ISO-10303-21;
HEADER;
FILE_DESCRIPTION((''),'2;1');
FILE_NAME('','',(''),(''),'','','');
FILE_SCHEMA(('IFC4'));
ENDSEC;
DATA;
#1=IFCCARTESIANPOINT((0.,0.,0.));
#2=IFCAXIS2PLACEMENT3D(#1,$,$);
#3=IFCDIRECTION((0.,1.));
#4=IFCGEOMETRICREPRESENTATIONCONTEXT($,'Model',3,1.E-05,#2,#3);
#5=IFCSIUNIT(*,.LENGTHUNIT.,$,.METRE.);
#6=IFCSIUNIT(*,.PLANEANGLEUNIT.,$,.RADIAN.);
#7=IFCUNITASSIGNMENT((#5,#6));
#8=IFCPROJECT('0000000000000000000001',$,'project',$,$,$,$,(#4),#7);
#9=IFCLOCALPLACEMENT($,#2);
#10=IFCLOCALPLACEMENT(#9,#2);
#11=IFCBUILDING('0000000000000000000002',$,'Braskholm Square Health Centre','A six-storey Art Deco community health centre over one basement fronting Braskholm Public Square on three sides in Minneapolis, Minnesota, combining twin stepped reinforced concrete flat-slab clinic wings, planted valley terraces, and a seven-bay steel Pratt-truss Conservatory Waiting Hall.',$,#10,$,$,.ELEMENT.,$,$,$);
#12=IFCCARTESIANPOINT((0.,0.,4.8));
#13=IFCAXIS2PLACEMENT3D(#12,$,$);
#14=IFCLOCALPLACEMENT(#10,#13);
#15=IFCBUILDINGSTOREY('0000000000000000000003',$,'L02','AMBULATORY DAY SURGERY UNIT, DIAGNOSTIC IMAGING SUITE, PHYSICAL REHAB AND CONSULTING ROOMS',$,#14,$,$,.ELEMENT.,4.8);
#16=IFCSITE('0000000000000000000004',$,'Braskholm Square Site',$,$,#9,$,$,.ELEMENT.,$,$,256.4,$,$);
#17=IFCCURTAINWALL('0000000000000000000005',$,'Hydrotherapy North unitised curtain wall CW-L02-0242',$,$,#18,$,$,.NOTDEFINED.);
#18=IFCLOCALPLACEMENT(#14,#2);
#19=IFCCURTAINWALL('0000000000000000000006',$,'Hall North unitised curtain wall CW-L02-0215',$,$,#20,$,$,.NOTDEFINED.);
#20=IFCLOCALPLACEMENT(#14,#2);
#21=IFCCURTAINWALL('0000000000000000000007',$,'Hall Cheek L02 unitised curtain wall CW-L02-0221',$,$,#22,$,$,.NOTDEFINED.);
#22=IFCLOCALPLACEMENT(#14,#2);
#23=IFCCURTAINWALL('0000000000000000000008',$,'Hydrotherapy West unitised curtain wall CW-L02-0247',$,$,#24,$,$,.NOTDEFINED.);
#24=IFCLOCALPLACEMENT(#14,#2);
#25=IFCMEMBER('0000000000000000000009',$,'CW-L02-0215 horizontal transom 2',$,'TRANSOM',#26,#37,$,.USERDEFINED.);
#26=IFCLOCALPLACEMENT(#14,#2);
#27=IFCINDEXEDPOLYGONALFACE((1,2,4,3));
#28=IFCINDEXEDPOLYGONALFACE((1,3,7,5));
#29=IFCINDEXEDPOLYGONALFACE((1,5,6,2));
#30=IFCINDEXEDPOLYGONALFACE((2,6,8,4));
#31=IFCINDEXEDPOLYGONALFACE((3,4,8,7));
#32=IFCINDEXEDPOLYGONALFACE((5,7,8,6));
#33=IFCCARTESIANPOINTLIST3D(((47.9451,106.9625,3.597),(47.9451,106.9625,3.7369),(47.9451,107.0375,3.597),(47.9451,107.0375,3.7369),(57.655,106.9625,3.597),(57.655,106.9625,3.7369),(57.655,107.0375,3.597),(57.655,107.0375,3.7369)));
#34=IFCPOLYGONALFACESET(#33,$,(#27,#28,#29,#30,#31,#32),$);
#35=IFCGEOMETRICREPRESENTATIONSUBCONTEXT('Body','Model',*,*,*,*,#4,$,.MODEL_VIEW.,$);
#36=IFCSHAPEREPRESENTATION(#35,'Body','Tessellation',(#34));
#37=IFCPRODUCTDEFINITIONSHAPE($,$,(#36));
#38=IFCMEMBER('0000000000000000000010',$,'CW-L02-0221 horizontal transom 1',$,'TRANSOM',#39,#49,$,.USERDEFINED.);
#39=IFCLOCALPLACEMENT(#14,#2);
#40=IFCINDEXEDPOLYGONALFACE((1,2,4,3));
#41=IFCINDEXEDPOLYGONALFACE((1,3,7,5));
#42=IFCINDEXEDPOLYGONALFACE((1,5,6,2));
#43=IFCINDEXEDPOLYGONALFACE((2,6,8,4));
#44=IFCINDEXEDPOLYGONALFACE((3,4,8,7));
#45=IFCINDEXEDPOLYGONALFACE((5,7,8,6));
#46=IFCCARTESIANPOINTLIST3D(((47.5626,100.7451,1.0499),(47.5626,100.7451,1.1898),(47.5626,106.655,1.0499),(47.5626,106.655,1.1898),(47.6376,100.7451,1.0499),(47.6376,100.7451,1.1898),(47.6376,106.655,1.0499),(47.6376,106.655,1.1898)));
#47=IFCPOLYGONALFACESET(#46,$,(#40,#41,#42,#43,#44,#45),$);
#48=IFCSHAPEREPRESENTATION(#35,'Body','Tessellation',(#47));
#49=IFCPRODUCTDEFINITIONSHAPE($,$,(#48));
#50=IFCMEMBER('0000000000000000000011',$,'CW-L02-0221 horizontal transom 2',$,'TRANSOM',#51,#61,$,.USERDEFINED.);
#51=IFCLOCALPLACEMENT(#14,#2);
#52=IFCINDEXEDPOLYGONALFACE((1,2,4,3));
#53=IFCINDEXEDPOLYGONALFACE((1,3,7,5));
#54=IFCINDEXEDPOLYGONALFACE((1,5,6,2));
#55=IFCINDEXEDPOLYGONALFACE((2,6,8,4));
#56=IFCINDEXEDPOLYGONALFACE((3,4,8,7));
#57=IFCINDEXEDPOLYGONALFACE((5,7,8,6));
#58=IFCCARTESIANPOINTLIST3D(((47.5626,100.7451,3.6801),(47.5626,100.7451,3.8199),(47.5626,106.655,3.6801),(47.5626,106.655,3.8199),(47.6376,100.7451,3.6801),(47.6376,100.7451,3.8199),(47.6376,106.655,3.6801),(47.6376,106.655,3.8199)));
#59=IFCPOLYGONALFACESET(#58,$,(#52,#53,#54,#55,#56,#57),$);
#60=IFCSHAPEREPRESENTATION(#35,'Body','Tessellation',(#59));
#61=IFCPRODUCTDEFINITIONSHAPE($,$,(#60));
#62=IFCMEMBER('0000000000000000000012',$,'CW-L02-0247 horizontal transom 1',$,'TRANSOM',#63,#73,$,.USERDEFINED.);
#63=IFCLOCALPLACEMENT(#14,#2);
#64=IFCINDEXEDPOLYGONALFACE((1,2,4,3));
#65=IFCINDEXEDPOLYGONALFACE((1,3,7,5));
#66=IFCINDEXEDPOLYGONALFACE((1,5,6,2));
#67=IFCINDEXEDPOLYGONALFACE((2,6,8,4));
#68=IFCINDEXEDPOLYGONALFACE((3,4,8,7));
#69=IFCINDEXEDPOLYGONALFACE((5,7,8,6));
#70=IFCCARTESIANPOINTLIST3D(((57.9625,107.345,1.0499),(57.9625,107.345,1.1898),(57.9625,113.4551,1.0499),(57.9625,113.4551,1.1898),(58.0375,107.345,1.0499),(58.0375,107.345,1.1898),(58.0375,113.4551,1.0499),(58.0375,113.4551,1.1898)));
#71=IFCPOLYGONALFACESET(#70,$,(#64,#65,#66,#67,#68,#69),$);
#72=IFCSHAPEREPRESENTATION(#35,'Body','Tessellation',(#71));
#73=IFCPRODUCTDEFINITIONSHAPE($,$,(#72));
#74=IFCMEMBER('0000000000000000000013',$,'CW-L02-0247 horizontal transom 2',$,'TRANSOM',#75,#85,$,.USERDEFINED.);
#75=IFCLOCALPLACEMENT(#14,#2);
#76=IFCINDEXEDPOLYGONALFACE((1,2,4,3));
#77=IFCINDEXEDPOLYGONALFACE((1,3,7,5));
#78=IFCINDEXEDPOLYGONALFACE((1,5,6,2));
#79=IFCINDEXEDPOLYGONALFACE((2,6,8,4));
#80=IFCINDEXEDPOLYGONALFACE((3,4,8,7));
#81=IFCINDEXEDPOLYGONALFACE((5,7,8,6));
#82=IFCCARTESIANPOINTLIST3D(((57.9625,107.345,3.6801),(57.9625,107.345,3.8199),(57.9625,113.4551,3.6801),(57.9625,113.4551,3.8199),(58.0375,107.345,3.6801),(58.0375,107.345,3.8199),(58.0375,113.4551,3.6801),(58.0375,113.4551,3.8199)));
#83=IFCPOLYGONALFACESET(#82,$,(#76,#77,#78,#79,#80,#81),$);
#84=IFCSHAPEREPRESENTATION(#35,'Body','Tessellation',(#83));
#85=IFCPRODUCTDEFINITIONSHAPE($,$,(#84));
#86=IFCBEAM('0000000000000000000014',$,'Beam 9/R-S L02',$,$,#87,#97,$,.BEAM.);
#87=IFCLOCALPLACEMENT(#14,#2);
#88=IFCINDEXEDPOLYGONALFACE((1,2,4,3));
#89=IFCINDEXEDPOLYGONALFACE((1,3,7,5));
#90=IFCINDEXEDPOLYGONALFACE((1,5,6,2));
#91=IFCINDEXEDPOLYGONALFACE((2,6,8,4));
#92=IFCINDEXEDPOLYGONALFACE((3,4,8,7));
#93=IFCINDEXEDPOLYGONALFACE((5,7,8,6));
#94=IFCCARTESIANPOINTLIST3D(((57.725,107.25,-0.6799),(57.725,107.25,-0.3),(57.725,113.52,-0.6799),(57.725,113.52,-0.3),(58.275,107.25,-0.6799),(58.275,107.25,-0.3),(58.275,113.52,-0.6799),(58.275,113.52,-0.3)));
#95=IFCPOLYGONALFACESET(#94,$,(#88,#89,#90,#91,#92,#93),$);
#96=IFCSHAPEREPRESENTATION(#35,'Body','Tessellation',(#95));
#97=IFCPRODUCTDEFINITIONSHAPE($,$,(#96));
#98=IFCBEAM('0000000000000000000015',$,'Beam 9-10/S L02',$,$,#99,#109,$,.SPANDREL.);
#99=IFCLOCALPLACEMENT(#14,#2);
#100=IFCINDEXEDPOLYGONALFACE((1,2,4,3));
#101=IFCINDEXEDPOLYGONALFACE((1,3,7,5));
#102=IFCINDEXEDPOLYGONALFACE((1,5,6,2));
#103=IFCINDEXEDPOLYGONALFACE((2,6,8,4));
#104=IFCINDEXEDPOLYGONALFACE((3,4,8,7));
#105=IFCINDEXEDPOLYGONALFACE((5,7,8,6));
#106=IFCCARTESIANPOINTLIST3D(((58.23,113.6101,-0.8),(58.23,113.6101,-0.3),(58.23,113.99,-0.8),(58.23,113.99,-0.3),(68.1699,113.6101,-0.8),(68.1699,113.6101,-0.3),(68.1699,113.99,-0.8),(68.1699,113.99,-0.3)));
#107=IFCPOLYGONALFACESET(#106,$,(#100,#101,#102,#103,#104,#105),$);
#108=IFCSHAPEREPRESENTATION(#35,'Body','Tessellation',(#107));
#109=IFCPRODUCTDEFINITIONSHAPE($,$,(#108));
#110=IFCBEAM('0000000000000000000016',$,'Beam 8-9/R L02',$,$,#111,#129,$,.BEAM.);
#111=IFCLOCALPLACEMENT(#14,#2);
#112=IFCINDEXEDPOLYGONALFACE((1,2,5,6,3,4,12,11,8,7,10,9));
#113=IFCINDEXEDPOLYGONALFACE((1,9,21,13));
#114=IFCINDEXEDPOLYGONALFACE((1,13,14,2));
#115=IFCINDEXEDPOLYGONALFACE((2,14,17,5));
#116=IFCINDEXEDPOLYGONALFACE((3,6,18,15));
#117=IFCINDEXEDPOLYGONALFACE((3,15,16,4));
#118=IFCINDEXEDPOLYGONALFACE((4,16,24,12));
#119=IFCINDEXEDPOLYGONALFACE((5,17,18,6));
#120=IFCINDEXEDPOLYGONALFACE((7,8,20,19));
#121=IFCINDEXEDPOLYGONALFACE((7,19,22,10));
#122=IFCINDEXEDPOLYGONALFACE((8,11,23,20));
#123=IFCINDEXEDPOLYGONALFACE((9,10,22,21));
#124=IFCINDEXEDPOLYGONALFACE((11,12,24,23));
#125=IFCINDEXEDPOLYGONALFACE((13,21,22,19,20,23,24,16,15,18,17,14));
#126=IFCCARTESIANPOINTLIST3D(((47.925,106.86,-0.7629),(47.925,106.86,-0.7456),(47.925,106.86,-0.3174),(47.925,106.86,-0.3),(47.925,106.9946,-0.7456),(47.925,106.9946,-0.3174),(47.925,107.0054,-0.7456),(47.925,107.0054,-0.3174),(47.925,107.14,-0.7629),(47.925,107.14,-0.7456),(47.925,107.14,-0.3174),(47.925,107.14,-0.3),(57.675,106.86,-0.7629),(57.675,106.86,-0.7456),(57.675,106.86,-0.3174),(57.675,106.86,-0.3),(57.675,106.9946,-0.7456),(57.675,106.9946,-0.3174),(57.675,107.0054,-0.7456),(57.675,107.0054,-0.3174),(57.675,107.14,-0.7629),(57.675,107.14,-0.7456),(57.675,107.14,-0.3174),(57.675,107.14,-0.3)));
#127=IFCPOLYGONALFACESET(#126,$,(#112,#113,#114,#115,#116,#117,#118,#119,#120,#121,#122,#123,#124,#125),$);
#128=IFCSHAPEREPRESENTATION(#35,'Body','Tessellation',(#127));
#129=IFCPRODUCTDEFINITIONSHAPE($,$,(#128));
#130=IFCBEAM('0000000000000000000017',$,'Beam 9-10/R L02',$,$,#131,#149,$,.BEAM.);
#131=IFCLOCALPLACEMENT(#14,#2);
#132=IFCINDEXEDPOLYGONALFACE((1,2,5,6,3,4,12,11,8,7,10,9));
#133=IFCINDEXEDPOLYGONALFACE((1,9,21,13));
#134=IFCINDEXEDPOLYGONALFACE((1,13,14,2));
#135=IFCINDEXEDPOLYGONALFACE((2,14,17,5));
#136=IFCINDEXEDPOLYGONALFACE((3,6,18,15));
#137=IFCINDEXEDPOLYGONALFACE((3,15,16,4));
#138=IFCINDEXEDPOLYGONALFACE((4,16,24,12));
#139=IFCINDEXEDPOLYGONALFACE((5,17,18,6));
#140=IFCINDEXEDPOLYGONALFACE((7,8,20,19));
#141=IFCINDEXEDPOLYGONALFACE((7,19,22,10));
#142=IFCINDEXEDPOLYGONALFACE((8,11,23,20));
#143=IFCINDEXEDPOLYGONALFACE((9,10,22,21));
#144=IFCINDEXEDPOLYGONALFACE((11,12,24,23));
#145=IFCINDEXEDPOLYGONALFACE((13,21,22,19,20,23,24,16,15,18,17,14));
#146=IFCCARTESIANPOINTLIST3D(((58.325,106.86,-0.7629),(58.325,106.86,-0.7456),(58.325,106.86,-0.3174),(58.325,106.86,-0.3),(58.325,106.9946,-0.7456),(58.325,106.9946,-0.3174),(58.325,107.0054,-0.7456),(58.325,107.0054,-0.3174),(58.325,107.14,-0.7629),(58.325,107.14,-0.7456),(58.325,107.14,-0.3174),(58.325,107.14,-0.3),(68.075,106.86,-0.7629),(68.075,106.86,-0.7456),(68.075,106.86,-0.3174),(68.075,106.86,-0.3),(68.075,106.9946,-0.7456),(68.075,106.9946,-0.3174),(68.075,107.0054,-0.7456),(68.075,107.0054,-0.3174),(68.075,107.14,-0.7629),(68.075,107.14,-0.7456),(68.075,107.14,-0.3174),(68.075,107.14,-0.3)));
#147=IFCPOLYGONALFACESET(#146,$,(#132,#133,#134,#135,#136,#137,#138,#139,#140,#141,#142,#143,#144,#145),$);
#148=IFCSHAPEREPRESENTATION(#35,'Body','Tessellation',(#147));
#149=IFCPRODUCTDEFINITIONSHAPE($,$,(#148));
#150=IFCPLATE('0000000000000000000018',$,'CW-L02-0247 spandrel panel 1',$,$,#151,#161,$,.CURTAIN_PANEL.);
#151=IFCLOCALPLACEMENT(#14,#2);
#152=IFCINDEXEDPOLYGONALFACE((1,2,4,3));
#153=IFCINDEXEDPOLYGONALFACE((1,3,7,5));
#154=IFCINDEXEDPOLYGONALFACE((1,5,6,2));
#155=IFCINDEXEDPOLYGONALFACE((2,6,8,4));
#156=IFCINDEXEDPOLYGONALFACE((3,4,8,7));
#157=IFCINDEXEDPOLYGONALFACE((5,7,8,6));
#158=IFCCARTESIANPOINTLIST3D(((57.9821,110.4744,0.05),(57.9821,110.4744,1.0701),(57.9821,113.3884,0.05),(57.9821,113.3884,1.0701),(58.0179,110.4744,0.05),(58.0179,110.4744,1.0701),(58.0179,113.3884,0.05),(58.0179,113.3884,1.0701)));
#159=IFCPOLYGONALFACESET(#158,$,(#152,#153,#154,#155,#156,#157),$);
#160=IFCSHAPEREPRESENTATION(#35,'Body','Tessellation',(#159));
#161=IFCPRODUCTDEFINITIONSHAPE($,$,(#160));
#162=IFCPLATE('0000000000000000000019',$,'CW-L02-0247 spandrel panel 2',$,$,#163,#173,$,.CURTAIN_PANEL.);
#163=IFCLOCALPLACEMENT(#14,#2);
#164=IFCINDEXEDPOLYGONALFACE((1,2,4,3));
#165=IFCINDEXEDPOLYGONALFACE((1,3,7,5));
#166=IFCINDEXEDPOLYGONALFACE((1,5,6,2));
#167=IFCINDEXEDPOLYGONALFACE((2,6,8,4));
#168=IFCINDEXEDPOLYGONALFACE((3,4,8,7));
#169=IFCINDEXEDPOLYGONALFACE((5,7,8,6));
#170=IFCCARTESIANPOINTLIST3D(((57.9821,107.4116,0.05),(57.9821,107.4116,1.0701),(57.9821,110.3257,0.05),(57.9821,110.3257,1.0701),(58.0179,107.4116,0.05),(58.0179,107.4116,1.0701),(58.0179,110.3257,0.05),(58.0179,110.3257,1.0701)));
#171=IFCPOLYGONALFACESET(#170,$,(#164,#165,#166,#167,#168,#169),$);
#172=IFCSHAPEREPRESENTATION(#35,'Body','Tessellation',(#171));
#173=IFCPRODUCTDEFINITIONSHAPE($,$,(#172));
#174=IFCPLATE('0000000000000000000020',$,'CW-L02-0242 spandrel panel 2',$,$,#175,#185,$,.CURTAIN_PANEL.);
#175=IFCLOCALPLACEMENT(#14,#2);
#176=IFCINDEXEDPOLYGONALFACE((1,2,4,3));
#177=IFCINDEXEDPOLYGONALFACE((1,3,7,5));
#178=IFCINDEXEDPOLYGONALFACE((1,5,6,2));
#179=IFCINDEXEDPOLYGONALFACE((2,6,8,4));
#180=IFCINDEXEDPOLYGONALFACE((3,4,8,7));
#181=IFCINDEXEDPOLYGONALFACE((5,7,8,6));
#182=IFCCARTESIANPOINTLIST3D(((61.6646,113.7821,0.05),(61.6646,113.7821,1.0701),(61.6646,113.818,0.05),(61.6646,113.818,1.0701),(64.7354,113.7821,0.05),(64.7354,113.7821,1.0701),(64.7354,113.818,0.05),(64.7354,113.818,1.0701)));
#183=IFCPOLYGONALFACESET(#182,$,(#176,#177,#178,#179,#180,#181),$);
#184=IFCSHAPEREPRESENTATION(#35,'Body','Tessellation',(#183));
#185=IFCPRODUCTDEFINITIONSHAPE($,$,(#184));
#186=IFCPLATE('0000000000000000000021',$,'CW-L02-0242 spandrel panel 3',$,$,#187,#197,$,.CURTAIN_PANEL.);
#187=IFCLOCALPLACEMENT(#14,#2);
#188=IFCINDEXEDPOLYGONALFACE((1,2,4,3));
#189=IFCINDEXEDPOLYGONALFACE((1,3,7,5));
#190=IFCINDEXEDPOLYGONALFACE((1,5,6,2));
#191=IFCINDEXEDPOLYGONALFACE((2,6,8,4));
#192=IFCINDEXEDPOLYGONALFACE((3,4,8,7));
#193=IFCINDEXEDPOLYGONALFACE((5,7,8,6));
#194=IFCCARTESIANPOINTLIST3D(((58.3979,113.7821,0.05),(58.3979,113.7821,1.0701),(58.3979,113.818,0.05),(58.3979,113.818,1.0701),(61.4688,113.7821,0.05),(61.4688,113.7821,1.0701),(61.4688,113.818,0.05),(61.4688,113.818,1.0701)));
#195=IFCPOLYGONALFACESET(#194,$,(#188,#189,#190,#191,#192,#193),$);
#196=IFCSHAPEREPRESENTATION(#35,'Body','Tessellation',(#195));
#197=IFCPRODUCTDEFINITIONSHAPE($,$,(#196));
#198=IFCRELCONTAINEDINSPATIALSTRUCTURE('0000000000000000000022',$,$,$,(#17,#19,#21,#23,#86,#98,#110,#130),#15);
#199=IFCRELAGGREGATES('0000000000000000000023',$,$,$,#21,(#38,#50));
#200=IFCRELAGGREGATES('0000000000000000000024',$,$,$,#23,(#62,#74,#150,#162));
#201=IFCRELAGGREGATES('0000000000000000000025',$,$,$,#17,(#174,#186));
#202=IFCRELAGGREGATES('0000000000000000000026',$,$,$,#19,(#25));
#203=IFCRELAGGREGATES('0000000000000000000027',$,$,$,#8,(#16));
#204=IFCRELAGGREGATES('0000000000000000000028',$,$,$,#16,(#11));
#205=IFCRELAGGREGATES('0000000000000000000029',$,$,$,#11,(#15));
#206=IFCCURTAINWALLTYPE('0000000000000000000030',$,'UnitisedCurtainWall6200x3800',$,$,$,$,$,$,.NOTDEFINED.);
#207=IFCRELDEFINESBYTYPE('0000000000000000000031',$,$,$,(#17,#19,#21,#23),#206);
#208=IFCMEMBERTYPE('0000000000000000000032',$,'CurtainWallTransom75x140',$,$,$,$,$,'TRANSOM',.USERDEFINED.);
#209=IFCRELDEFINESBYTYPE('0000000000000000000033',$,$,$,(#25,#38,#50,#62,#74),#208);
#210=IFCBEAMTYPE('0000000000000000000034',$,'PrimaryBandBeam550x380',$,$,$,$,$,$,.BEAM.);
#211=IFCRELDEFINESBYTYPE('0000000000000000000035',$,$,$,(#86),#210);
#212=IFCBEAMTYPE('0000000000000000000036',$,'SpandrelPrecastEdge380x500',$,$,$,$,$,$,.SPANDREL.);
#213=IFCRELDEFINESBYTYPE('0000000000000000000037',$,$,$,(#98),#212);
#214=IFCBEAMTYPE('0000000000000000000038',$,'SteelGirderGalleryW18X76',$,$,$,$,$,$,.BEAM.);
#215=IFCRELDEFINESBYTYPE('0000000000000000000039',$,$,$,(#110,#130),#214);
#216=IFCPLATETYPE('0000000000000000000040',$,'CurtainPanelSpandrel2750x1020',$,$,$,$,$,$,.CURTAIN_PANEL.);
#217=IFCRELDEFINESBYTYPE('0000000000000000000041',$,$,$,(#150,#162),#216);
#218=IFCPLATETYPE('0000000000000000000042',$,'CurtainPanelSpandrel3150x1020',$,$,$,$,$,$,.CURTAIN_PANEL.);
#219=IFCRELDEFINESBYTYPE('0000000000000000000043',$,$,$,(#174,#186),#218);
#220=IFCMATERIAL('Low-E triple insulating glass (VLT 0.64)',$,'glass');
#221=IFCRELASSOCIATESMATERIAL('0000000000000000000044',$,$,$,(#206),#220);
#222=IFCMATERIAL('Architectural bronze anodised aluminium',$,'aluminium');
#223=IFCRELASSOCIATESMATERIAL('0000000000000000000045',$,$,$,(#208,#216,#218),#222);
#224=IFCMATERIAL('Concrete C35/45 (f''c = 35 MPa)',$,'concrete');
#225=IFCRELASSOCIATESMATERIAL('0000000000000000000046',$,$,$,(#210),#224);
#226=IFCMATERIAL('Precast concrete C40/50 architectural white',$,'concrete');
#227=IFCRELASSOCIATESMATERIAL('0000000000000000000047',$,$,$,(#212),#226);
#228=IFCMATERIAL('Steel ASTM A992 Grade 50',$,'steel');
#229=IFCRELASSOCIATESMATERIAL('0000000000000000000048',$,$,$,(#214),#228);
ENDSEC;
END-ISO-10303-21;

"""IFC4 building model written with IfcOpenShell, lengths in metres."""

from ifc_helpers import new_model, si_unit, direction, frame, origin, origin_2d, place, context, subcontext, project, spatial, rectangle, i_section, extrude, material, material_profile, profile_set, type_object, element, aggregate, save


model = new_model("IFC4")

# Units and contexts
model_context = context("Model", 3, precision=1e-05, world=origin(), true_north=direction((0.0, 1.0)))
body_context = subcontext(model_context, "Body", "Model", "MODEL_VIEW")
ifc_project = project(units=[si_unit("LENGTHUNIT", "METRE"), si_unit("PLANEANGLEUNIT", "RADIAN")], contexts=[model_context])

# Site, building, storey
site_placement = place(None, origin())
site = spatial("IfcSite", under=ifc_project, at=site_placement, Name="Braskholm Square Site", CompositionType="ELEMENT", RefElevation=256.4)
building_placement = place(site_placement, origin())
building = spatial("IfcBuilding", under=site, at=building_placement, Name="Braskholm Square Health Centre", Description="A six-storey Art Deco community health centre over one basement fronting Braskholm Public Square on three sides in Minneapolis, Minnesota, combining twin stepped reinforced concrete flat-slab clinic wings, planted valley terraces, and a seven-bay steel Pratt-truss Conservatory Waiting Hall.", CompositionType="ELEMENT")
storey_placement = place(building_placement, frame((0.0, 0.0, 4.8)))
storey = spatial("IfcBuildingStorey", under=building, at=storey_placement, Name="L02", Description="AMBULATORY DAY SURGERY UNIT, DIAGNOSTIC IMAGING SUITE, PHYSICAL REHAB AND CONSULTING ROOMS", CompositionType="ELEMENT", Elevation=4.8)

# Shared definitions
ifc_material_1 = material(Name="Precast concrete C40/50 architectural white", Category="concrete")

# Curtain walls
ifc_material_2 = material(Name="Low-E triple insulating glass (VLT 0.64)", Category="glass")
curtain_wall_type = type_object("IfcCurtainWallType", Name="UnitisedCurtainWall6200x3800", PredefinedType="NOTDEFINED", material=ifc_material_2)
curtain_wall_1_placement = place(storey_placement, origin())
curtain_wall_1 = element("IfcCurtainWall", 1, at=curtain_wall_1_placement, inside=storey, type_object=curtain_wall_type, Name="Hydrotherapy North unitised curtain wall CW-L02-0242", PredefinedType="NOTDEFINED")
ifc_material_3 = material(Name="Architectural bronze anodised aluminium", Category="aluminium")
curtain_wall_2_placement = place(storey_placement, origin())
curtain_wall_2 = element("IfcCurtainWall", 2, at=curtain_wall_2_placement, inside=storey, type_object=curtain_wall_type, Name="Hall North unitised curtain wall CW-L02-0215", PredefinedType="NOTDEFINED")

# Curtain wall
curtain_wall_3_placement = place(storey_placement, origin())
curtain_wall_3 = element("IfcCurtainWall", 3, at=curtain_wall_3_placement, inside=storey, type_object=curtain_wall_type, Name="Hall Cheek L02 unitised curtain wall CW-L02-0221", PredefinedType="NOTDEFINED")

# Curtain wall
curtain_wall_4_placement = place(storey_placement, origin())
curtain_wall_4 = element("IfcCurtainWall", 4, at=curtain_wall_4_placement, inside=storey, type_object=curtain_wall_type, Name="Hydrotherapy West unitised curtain wall CW-L02-0247", PredefinedType="NOTDEFINED")

# Members
ifc_material_profile_1 = material_profile(ifc_material_3, rectangle(XDim=0.075, YDim=0.1399, at=origin_2d()), Name="ALU-75X140")
ifc_profile_set_1 = profile_set([ifc_material_profile_1], Name="Architectural bronze anodised aluminium")
member_type_1 = type_object("IfcMemberType", Name="CurtainWallTransom75x140", ElementType="TRANSOM", PredefinedType="USERDEFINED", material=ifc_profile_set_1)
member_1_placement = place(storey_placement, frame((57.655, 107.0, 3.667), z_axis=(-1.0, 0.0, 0.0), x_axis=(0.0, -1.0, 0.0)))
member_1 = element("IfcMember", 5, at=member_1_placement, type_object=member_type_1, Name="CW-L02-0215 horizontal transom 2", ObjectType="TRANSOM", PredefinedType="USERDEFINED", context=body_context, shape_type="SweptSolid", body=[
    extrude(rectangle(XDim=0.075, YDim=0.1399, at=origin_2d()), origin(), (0.0, 0.0, 1.0), 9.71),
])
member_2_placement = place(storey_placement, frame((47.6001, 106.655, 1.1199), z_axis=(0.0, -1.0, 0.0), x_axis=(1.0, 0.0, 0.0)))
member_2 = element("IfcMember", 6, at=member_2_placement, type_object=member_type_1, Name="CW-L02-0221 horizontal transom 1", ObjectType="TRANSOM", PredefinedType="USERDEFINED", context=body_context, shape_type="SweptSolid", body=[
    extrude(rectangle(XDim=0.075, YDim=0.1399, at=origin_2d()), origin(), (0.0, 0.0, 1.0), 5.9099),
])
member_3_placement = place(storey_placement, frame((47.6001, 106.655, 3.75), z_axis=(0.0, -1.0, 0.0), x_axis=(1.0, 0.0, 0.0)))
member_3 = element("IfcMember", 7, at=member_3_placement, type_object=member_type_1, Name="CW-L02-0221 horizontal transom 2", ObjectType="TRANSOM", PredefinedType="USERDEFINED", context=body_context, shape_type="SweptSolid", body=[
    extrude(rectangle(XDim=0.075, YDim=0.1399, at=origin_2d()), origin(), (0.0, 0.0, 1.0), 5.9099),
])
member_4_placement = place(storey_placement, frame((58.0, 113.4551, 1.1199), z_axis=(0.0, -1.0, 0.0), x_axis=(1.0, 0.0, 0.0)))
member_4 = element("IfcMember", 8, at=member_4_placement, type_object=member_type_1, Name="CW-L02-0247 horizontal transom 1", ObjectType="TRANSOM", PredefinedType="USERDEFINED", context=body_context, shape_type="SweptSolid", body=[
    extrude(rectangle(XDim=0.075, YDim=0.1399, at=origin_2d()), origin(), (0.0, 0.0, 1.0), 6.1101),
])
member_5_placement = place(storey_placement, frame((58.0, 113.4551, 3.75), z_axis=(0.0, -1.0, 0.0), x_axis=(1.0, 0.0, 0.0)))
member_5 = element("IfcMember", 9, at=member_5_placement, type_object=member_type_1, Name="CW-L02-0247 horizontal transom 2", ObjectType="TRANSOM", PredefinedType="USERDEFINED", context=body_context, shape_type="SweptSolid", body=[
    extrude(rectangle(XDim=0.075, YDim=0.1399, at=origin_2d()), origin(), (0.0, 0.0, 1.0), 6.1101),
])

# Beams
ifc_material_4 = material(Name="Concrete C35/45 (f'c = 35 MPa)", Category="concrete")
ifc_material_profile_2 = material_profile(ifc_material_4, rectangle(XDim=0.55, YDim=0.3799, at=origin_2d()), Name="RCB-550X380")
ifc_profile_set_2 = profile_set([ifc_material_profile_2], Name="Concrete C35/45 (f'c = 35 MPa)")
beam_type_1 = type_object("IfcBeamType", Name="PrimaryBandBeam550x380", PredefinedType="BEAM", material=ifc_profile_set_2)
beam_1_placement = place(storey_placement, frame((58.0, 107.25, -0.49), z_axis=(0.0, 1.0, 0.0), x_axis=(-1.0, 0.0, 0.0)))
element("IfcBeam", 10, at=beam_1_placement, inside=storey, type_object=beam_type_1, Name="Beam 9/R-S L02", PredefinedType="BEAM", context=body_context, shape_type="SweptSolid", body=[
    extrude(rectangle(XDim=0.55, YDim=0.3799, at=origin_2d()), origin(), (0.0, 0.0, 1.0), 6.27),
])
ifc_material_profile_3 = material_profile(ifc_material_1, rectangle(XDim=0.3799, YDim=0.5, at=origin_2d()), Name="RCB-380X500")
ifc_profile_set_3 = profile_set([ifc_material_profile_3], Name="Precast concrete C40/50 architectural white")
beam_type_2 = type_object("IfcBeamType", Name="SpandrelPrecastEdge380x500", PredefinedType="SPANDREL", material=ifc_profile_set_3)
beam_2_placement = place(storey_placement, frame((58.23, 113.8, -0.55), z_axis=(1.0, 0.0, 0.0), x_axis=(0.0, 1.0, 0.0)))
element("IfcBeam", 11, at=beam_2_placement, inside=storey, type_object=beam_type_2, Name="Beam 9-10/S L02", PredefinedType="SPANDREL", context=body_context, shape_type="SweptSolid", body=[
    extrude(rectangle(XDim=0.3799, YDim=0.5, at=origin_2d()), origin(), (0.0, 0.0, 1.0), 9.9399),
])
ifc_material_5 = material(Name="Steel ASTM A992 Grade 50", Category="steel")
ifc_material_profile_4 = material_profile(ifc_material_5, i_section(OverallWidth=0.28, OverallDepth=0.4629, WebThickness=0.0107, FlangeThickness=0.0173, at=origin_2d()), Name="W18X76")
ifc_profile_set_4 = profile_set([ifc_material_profile_4], Name="Steel ASTM A992 Grade 50")
beam_type_3 = type_object("IfcBeamType", Name="SteelGirderGalleryW18X76", PredefinedType="BEAM", material=ifc_profile_set_4)
for number, where, z_axis, x_axis, name in (
    (12, (47.925, 107.0, -0.5315), (1.0, 0.0, 0.0), (0.0, 1.0, 0.0), "Beam 8-9/R L02"),
    (13, (58.325, 107.0, -0.5315), (1.0, 0.0, 0.0), (0.0, 1.0, 0.0), "Beam 9-10/R L02"),
):
    element("IfcBeam", number, at=place(storey_placement, frame(where, z_axis=z_axis, x_axis=x_axis)), inside=storey, type_object=beam_type_3, Name=name, PredefinedType="BEAM", context=body_context, shape_type="SweptSolid", body=[
        extrude(i_section(OverallWidth=0.28, OverallDepth=0.4629, WebThickness=0.0107, FlangeThickness=0.0173, at=origin_2d()), origin(), (0.0, 0.0, 1.0), 9.75),
    ])

# Plates
plate_type_1 = type_object("IfcPlateType", Name="CurtainPanelSpandrel2750x1020", PredefinedType="CURTAIN_PANEL", material=ifc_material_3)
plate_1_placement = place(storey_placement, frame((58.0, 111.9314, 0.05), z_axis=(0.0, 0.0, 1.0), x_axis=(0.0, -1.0, 0.0)))
plate_1 = element("IfcPlate", 14, at=plate_1_placement, type_object=plate_type_1, Name="CW-L02-0247 spandrel panel 1", PredefinedType="CURTAIN_PANEL", context=body_context, shape_type="SweptSolid", body=[
    extrude(rectangle(XDim=2.9141, YDim=0.0359, at=origin_2d()), origin(), (0.0, 0.0, 1.0), 1.02),
])
plate_2_placement = place(storey_placement, frame((58.0, 108.8687, 0.05), z_axis=(0.0, 0.0, 1.0), x_axis=(0.0, -1.0, 0.0)))
plate_2 = element("IfcPlate", 15, at=plate_2_placement, type_object=plate_type_1, Name="CW-L02-0247 spandrel panel 2", PredefinedType="CURTAIN_PANEL", context=body_context, shape_type="SweptSolid", body=[
    extrude(rectangle(XDim=2.9141, YDim=0.0359, at=origin_2d()), origin(), (0.0, 0.0, 1.0), 1.02),
])
plate_type_2 = type_object("IfcPlateType", Name="CurtainPanelSpandrel3150x1020", PredefinedType="CURTAIN_PANEL", material=ifc_material_3)
plate_3_placement = place(storey_placement, frame((63.2, 113.8, 0.05), z_axis=(0.0, 0.0, 1.0), x_axis=(-1.0, 0.0, 0.0)))
plate_3 = element("IfcPlate", 16, at=plate_3_placement, type_object=plate_type_2, Name="CW-L02-0242 spandrel panel 2", PredefinedType="CURTAIN_PANEL", context=body_context, shape_type="SweptSolid", body=[
    extrude(rectangle(XDim=3.0708, YDim=0.0359, at=origin_2d()), origin(), (0.0, 0.0, 1.0), 1.02),
])
plate_4_placement = place(storey_placement, frame((59.9333, 113.8, 0.05), z_axis=(0.0, 0.0, 1.0), x_axis=(-1.0, 0.0, 0.0)))
plate_4 = element("IfcPlate", 17, at=plate_4_placement, type_object=plate_type_2, Name="CW-L02-0242 spandrel panel 3", PredefinedType="CURTAIN_PANEL", context=body_context, shape_type="SweptSolid", body=[
    extrude(rectangle(XDim=3.0708, YDim=0.0359, at=origin_2d()), origin(), (0.0, 0.0, 1.0), 1.02),
])
aggregate(curtain_wall_3, [member_2, member_3])
aggregate(curtain_wall_4, [member_4, member_5, plate_1, plate_2])
aggregate(curtain_wall_1, [plate_3, plate_4])
aggregate(curtain_wall_2, [member_1])

save(model, "model.ifc")
